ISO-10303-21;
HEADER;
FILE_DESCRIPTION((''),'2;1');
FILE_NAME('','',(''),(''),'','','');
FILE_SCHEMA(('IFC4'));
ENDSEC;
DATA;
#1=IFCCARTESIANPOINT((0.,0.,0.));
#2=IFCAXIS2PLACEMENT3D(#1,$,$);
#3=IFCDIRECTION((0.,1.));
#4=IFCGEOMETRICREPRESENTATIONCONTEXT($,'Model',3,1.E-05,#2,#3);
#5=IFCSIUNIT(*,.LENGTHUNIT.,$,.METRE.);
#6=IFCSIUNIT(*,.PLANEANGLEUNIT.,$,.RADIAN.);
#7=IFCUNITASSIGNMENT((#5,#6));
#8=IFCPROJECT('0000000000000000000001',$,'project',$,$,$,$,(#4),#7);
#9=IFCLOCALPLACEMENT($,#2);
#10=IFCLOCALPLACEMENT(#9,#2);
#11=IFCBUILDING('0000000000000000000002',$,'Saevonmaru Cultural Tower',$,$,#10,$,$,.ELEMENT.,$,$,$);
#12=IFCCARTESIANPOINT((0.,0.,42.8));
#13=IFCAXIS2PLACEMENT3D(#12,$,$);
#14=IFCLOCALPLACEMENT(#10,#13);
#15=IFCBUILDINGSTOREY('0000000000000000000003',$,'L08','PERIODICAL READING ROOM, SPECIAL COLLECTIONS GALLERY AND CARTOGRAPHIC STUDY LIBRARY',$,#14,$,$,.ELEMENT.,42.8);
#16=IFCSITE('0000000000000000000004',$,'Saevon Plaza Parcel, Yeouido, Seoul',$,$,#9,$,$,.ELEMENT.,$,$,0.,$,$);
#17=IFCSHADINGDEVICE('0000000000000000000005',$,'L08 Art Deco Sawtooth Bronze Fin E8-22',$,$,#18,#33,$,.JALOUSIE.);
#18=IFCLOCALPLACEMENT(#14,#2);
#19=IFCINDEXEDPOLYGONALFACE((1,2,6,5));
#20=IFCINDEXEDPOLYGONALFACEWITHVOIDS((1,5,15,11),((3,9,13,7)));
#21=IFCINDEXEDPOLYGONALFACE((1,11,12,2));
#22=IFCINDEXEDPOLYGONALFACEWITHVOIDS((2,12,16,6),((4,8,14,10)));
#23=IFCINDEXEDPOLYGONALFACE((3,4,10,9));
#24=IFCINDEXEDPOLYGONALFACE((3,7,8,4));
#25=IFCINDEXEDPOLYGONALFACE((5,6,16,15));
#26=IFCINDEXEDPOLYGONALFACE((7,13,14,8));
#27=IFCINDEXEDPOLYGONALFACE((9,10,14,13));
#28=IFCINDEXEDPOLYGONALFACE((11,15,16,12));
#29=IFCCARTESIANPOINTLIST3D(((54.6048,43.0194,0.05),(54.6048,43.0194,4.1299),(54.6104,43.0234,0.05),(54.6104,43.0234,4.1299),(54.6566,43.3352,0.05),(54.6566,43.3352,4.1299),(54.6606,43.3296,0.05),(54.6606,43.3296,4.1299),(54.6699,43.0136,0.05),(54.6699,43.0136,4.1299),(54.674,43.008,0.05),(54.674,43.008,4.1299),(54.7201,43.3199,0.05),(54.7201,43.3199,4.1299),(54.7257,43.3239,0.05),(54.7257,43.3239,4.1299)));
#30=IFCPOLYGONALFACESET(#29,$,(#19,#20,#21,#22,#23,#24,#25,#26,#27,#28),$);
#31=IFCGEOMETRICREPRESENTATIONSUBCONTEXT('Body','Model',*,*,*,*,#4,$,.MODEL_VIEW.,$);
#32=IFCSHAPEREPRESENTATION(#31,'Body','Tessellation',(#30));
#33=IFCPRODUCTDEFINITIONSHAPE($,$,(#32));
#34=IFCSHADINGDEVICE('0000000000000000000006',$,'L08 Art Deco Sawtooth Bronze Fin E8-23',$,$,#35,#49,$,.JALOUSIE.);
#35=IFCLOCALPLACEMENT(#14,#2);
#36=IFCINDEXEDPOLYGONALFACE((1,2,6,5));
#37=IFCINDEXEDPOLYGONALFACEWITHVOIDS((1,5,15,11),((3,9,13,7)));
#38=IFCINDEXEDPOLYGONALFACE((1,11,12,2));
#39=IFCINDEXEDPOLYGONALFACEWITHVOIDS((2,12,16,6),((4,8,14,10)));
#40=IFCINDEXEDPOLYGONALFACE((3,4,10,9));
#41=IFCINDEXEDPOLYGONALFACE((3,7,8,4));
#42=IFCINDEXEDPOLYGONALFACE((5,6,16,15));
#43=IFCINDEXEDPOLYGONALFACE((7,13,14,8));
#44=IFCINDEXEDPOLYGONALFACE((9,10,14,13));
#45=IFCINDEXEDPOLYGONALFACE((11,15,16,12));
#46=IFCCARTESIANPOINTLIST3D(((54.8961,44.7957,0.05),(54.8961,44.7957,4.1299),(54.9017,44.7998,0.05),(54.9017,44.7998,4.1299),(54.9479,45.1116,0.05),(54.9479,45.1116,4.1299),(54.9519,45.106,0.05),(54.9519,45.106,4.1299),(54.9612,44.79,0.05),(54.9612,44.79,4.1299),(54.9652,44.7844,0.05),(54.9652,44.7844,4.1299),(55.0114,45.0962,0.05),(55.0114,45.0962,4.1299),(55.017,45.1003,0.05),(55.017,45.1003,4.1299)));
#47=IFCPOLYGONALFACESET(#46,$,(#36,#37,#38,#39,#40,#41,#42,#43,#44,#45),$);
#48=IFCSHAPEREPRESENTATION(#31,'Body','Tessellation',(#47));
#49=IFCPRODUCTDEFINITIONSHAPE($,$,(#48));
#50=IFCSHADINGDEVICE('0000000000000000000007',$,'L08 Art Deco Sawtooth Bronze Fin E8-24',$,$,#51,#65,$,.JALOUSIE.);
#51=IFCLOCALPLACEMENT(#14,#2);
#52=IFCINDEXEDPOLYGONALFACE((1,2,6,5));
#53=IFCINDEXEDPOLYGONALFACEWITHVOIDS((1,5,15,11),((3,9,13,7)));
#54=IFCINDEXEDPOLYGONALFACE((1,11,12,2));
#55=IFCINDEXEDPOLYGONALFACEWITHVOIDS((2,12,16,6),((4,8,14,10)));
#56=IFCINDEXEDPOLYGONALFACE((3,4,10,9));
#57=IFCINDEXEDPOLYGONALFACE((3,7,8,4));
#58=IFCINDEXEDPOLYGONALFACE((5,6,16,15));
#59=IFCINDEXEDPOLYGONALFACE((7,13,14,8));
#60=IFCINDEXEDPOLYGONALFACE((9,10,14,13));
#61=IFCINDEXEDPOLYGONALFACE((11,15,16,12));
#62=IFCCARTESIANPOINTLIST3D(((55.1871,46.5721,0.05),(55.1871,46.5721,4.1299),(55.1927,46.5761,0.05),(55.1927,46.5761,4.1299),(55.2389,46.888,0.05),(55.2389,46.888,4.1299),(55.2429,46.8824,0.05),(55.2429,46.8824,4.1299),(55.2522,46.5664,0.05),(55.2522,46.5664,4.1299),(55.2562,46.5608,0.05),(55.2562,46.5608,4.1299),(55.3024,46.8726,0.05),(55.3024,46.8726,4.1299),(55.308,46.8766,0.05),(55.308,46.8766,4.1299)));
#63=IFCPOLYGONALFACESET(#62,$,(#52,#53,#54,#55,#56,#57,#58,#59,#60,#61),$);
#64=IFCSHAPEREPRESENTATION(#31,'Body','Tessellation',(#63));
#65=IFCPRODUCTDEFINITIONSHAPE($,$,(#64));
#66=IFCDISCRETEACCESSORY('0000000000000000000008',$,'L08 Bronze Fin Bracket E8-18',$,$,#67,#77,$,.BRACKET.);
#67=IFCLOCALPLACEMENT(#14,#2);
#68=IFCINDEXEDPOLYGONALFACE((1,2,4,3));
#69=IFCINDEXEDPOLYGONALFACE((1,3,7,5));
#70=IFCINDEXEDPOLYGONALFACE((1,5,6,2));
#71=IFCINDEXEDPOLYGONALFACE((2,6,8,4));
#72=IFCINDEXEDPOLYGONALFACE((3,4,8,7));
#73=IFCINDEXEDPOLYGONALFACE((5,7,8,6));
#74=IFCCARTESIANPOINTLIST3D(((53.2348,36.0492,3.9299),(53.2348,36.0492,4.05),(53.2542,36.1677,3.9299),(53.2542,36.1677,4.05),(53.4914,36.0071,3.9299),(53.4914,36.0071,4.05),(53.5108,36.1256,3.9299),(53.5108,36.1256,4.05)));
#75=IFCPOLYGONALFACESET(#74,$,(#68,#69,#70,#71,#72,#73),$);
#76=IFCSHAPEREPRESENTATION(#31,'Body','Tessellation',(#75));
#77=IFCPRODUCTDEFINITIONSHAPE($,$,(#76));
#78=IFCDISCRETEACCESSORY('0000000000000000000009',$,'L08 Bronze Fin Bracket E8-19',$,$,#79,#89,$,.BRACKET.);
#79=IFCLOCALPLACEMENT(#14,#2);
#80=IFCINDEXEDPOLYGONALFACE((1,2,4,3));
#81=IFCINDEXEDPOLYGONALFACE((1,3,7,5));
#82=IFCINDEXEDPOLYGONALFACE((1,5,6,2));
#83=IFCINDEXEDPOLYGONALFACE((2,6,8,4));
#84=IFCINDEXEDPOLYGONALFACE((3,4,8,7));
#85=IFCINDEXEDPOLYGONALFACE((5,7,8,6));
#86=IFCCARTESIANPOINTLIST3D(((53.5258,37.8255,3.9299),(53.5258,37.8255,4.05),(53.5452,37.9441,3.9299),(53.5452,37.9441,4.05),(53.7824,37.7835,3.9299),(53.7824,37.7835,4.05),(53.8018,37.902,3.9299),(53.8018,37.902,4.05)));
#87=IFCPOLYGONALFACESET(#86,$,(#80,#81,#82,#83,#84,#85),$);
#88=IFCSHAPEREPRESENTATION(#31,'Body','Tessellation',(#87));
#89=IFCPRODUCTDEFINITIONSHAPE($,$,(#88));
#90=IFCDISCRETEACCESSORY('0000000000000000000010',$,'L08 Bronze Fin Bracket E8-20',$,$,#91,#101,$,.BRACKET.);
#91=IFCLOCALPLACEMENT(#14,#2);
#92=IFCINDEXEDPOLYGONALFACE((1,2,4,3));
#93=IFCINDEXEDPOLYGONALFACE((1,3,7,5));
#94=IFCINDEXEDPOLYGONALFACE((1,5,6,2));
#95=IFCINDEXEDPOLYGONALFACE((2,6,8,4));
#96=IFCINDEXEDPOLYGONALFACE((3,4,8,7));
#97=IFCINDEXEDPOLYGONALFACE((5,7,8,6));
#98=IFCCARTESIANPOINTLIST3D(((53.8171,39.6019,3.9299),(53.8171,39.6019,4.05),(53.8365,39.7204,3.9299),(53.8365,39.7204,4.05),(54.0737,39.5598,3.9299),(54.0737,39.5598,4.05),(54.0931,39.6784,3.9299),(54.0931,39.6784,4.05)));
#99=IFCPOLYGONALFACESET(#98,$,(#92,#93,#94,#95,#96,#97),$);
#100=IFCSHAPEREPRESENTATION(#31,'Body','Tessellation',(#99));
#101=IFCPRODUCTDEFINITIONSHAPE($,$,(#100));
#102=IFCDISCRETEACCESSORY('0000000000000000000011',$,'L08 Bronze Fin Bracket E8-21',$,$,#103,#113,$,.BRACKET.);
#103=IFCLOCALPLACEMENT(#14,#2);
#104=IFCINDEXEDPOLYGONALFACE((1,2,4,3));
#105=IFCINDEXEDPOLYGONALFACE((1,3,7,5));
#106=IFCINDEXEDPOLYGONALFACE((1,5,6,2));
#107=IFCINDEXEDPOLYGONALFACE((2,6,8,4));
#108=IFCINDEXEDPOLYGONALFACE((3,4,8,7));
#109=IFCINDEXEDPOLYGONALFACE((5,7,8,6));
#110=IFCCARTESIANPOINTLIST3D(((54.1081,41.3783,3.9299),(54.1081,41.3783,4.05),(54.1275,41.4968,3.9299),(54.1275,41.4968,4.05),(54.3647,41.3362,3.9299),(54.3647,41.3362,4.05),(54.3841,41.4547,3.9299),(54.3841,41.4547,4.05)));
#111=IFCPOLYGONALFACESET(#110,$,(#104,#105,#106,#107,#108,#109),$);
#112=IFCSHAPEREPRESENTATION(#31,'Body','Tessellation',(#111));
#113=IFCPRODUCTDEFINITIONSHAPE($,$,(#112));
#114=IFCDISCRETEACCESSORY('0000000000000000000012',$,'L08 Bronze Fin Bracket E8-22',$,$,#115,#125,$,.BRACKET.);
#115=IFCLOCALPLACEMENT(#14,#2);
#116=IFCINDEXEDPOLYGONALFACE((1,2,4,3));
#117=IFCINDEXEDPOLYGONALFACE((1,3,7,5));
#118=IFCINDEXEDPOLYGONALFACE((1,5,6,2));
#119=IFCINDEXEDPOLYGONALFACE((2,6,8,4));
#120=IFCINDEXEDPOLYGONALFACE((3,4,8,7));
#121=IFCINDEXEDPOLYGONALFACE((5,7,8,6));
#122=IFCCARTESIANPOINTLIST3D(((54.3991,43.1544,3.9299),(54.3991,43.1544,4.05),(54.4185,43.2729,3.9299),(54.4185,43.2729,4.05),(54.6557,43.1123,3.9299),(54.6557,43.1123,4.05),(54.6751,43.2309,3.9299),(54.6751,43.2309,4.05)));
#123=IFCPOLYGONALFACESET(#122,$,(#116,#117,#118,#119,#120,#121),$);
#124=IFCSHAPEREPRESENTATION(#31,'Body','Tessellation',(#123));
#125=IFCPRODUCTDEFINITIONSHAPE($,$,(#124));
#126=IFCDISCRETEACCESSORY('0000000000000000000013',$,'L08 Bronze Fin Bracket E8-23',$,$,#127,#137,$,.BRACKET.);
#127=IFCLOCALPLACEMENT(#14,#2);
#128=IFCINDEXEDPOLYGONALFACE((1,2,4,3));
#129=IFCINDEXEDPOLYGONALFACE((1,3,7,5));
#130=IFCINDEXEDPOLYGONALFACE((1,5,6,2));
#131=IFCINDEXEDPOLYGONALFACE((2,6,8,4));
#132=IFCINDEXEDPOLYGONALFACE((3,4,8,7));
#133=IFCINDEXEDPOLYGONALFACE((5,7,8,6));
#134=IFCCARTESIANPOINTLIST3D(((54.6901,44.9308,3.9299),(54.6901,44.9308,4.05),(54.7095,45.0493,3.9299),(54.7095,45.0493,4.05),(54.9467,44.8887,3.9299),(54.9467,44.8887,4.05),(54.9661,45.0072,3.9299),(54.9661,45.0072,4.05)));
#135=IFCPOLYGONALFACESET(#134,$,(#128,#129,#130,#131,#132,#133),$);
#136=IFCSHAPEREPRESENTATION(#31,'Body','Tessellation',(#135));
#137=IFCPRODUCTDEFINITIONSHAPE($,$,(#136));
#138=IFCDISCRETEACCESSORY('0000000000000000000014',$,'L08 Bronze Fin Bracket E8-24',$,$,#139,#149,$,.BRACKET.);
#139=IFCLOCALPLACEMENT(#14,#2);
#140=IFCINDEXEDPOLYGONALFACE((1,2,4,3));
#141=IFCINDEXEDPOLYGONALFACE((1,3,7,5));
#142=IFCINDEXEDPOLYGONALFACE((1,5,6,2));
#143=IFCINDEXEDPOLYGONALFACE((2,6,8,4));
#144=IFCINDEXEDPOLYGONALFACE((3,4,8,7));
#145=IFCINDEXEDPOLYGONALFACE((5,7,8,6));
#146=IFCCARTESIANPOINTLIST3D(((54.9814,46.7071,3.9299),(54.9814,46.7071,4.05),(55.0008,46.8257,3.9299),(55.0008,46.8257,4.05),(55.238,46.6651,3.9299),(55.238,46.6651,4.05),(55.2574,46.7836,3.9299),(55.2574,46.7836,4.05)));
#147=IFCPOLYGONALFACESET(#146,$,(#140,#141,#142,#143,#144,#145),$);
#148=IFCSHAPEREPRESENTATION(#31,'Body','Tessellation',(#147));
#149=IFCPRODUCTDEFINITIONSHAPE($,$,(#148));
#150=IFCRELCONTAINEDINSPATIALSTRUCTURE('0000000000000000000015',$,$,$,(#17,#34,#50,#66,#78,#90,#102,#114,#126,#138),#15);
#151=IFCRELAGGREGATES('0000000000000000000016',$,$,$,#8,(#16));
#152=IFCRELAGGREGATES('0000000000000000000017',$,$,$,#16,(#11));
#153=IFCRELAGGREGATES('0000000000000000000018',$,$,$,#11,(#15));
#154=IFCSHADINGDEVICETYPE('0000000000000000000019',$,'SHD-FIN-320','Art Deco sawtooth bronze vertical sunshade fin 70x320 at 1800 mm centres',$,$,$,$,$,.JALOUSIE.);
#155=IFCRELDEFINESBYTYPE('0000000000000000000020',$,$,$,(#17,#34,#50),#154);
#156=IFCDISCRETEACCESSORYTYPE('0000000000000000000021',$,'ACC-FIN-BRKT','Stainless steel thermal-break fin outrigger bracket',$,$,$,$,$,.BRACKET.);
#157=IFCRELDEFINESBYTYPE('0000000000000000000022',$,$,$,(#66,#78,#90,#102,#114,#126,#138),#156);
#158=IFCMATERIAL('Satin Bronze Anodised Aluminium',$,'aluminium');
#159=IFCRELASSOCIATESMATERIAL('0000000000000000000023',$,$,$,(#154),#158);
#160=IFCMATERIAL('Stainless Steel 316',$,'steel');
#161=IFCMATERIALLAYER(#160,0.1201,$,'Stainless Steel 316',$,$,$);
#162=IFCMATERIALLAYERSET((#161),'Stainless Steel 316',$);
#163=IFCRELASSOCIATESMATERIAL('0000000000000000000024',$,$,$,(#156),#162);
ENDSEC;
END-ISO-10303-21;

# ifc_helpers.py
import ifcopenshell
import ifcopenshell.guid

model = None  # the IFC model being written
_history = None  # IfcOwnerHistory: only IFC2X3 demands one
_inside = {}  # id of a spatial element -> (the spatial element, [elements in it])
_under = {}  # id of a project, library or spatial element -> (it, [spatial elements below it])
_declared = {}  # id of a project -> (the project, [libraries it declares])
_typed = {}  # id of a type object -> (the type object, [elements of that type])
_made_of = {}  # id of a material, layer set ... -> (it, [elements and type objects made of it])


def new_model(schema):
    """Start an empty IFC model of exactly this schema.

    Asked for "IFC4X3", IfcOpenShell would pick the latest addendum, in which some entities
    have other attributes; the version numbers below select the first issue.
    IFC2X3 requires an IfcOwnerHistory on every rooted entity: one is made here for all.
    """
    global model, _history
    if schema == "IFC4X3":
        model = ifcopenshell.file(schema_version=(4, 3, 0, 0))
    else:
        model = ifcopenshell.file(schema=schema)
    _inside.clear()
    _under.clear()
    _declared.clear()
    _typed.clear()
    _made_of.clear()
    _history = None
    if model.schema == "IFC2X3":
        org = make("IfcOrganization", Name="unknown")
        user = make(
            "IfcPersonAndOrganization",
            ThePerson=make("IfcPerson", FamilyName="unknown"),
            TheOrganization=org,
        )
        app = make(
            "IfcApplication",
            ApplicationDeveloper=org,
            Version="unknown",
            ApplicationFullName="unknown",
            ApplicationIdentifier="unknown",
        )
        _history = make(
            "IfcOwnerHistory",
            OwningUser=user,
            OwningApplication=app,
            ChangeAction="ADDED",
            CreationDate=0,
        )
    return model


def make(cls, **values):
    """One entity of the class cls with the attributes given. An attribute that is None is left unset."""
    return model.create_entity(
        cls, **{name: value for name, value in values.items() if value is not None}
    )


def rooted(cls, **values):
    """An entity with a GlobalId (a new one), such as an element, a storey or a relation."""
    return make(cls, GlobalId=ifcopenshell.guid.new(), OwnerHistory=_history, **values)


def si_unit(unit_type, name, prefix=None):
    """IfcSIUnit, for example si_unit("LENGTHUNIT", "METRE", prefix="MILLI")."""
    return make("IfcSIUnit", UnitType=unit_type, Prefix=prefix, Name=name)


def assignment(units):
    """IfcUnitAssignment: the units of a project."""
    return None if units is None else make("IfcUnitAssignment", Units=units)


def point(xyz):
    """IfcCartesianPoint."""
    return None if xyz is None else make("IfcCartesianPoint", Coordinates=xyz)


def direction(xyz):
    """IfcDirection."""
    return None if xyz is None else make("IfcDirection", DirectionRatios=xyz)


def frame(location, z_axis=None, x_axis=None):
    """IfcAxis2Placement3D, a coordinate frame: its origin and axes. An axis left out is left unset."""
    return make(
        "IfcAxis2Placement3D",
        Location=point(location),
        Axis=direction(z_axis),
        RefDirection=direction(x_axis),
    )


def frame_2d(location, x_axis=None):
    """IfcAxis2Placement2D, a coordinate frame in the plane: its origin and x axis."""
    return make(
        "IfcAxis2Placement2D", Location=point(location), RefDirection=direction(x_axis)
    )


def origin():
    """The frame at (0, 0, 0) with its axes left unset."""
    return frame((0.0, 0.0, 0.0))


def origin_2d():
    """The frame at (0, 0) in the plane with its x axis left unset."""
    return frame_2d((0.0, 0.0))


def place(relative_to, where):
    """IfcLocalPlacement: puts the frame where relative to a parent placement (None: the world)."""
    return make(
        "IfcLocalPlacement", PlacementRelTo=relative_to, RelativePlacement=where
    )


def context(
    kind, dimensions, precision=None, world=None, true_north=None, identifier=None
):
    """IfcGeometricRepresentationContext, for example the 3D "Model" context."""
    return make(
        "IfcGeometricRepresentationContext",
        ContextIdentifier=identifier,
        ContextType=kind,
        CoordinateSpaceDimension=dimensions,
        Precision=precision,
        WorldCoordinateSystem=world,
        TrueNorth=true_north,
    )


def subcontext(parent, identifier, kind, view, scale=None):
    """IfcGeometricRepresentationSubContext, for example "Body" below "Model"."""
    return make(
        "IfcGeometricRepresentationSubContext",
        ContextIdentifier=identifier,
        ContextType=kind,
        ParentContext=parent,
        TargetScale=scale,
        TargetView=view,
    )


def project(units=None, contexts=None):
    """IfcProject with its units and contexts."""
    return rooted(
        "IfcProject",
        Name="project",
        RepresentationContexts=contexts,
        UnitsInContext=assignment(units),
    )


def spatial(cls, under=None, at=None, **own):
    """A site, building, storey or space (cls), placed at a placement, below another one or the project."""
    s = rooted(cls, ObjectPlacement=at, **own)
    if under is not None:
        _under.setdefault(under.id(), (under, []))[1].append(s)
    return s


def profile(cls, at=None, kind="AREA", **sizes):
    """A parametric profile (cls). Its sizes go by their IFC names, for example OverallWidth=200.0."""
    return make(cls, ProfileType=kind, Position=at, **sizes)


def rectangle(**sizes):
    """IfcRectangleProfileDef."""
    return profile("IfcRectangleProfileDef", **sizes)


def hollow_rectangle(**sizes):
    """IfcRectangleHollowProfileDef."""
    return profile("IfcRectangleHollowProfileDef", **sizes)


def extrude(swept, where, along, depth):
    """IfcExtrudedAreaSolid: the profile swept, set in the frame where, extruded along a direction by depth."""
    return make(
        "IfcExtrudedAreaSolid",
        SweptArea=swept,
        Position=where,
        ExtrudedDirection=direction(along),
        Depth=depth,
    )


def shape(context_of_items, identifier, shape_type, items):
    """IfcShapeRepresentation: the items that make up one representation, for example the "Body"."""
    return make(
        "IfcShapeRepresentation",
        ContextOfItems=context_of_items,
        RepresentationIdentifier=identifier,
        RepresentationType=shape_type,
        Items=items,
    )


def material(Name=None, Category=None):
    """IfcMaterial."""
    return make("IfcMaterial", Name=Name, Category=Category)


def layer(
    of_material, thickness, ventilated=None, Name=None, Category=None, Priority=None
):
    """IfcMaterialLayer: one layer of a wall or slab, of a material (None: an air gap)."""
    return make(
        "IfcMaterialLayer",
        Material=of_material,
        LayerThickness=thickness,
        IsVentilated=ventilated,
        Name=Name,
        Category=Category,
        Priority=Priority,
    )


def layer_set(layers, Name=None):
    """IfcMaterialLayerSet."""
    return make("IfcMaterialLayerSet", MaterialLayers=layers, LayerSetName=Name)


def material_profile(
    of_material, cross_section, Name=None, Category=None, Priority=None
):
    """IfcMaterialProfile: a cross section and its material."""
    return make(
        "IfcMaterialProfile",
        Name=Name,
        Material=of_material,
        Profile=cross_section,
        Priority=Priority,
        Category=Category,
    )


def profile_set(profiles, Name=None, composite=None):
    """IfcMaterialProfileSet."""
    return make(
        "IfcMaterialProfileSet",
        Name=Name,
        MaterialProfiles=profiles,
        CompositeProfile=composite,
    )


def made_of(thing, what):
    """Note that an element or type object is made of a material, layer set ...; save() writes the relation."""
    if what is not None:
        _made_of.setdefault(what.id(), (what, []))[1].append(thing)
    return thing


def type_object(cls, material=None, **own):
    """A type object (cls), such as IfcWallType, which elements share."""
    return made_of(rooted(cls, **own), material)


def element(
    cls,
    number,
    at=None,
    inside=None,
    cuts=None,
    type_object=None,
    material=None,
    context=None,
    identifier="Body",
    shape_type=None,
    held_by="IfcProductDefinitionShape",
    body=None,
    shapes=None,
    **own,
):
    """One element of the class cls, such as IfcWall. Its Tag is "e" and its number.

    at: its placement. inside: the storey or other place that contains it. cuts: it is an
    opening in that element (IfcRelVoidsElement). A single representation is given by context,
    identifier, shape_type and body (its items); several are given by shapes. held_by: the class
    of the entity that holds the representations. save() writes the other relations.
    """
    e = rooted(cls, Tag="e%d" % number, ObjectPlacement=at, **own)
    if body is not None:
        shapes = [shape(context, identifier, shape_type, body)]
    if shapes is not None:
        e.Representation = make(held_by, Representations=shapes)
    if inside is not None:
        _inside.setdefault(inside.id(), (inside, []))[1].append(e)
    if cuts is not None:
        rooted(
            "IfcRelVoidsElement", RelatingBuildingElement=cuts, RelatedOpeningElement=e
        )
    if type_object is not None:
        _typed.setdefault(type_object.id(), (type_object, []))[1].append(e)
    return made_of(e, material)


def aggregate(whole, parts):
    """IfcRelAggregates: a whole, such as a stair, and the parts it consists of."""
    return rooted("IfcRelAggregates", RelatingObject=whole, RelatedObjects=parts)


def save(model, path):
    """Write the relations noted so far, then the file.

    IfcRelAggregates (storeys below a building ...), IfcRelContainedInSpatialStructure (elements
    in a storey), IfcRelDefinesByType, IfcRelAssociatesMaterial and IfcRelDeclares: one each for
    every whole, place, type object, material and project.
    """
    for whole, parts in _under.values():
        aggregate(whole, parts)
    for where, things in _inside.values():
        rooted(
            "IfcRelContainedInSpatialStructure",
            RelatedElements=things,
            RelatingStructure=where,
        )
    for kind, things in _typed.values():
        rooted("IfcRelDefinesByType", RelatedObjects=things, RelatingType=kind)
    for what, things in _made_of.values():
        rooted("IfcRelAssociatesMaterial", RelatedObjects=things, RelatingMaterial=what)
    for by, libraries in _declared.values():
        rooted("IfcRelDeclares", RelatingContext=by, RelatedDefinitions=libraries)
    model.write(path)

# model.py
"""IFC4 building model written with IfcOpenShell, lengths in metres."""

from ifc_helpers import new_model, si_unit, direction, frame, origin, origin_2d, place, context, subcontext, project, spatial, rectangle, hollow_rectangle, extrude, material, layer, layer_set, material_profile, profile_set, type_object, element, save


model = new_model("IFC4")

# Units and contexts
model_context = context("Model", 3, precision=1e-05, world=origin(), true_north=direction((0.0, 1.0)))
body_context = subcontext(model_context, "Body", "Model", "MODEL_VIEW")
ifc_project = project(units=[si_unit("LENGTHUNIT", "METRE"), si_unit("PLANEANGLEUNIT", "RADIAN")], contexts=[model_context])

# Site, building, storey
site_placement = place(None, origin())
site = spatial("IfcSite", under=ifc_project, at=site_placement, Name="Saevon Plaza Parcel, Yeouido, Seoul", CompositionType="ELEMENT", RefElevation=0.0)
building_placement = place(site_placement, origin())
building = spatial("IfcBuilding", under=site, at=building_placement, Name="Saevonmaru Cultural Tower", CompositionType="ELEMENT")
storey_placement = place(building_placement, frame((0.0, 0.0, 42.8)))
storey = spatial("IfcBuildingStorey", under=building, at=storey_placement, Name="L08", Description="PERIODICAL READING ROOM, SPECIAL COLLECTIONS GALLERY AND CARTOGRAPHIC STUDY LIBRARY", CompositionType="ELEMENT", Elevation=42.8)

# Shared definitions
ifc_material_1 = material(Name="Satin Bronze Anodised Aluminium", Category="aluminium")

# Shading devices
ifc_material_profile_1 = material_profile(ifc_material_1, hollow_rectangle(XDim=0.0701, YDim=0.3201, WallThickness=0.0049, at=origin_2d()), Name="FIN-320x70")
ifc_profile_set_1 = profile_set([ifc_material_profile_1], Name="Satin Bronze Anodised Aluminium")
shading_device_type = type_object("IfcShadingDeviceType", Name="SHD-FIN-320", Description="Art Deco sawtooth bronze vertical sunshade fin 70x320 at 1800 mm centres", PredefinedType="JALOUSIE", material=ifc_profile_set_1)
for number, where, z_axis, x_axis, name in (
    (1, (54.6653, 43.1716, 0.05), (0.0, 0.0, 1.0), (0.986827, -0.161776, 0.0), "L08 Art Deco Sawtooth Bronze Fin E8-22"),
    (2, (54.9565, 44.948, 0.05), (0.0, 0.0, 1.0), (0.986827, -0.161776, 0.0), "L08 Art Deco Sawtooth Bronze Fin E8-23"),
    (3, (55.2476, 46.7244, 0.05), (0.0, 0.0, 1.0), (0.986827, -0.161776, 0.0), "L08 Art Deco Sawtooth Bronze Fin E8-24"),
):
    element("IfcShadingDevice", number, at=place(storey_placement, frame(where, z_axis=z_axis, x_axis=x_axis)), inside=storey, type_object=shading_device_type, Name=name, PredefinedType="JALOUSIE", context=body_context, shape_type="SweptSolid", body=[
        extrude(hollow_rectangle(XDim=0.0701, YDim=0.3201, WallThickness=0.0049, at=origin_2d()), origin(), (0.0, 0.0, 1.0), 4.0798),
    ])

# Discrete accessories
ifc_material_2 = material(Name="Stainless Steel 316", Category="steel")
ifc_layer_1 = layer(ifc_material_2, 0.1201, Name="Stainless Steel 316")
ifc_layer_set_1 = layer_set([ifc_layer_1], Name="Stainless Steel 316")
discrete_accessory_type = type_object("IfcDiscreteAccessoryType", Name="ACC-FIN-BRKT", Description="Stainless steel thermal-break fin outrigger bracket", PredefinedType="BRACKET", material=ifc_layer_set_1)
for number, where, z_axis, x_axis, name in (
    (4, (53.3728, 36.0874, 3.9299), (0.0, 0.0, 1.0), (0.986827, -0.161776, 0.0), "L08 Bronze Fin Bracket E8-18"),
    (5, (53.6638, 37.8638, 3.9299), (0.0, 0.0, 1.0), (0.986827, -0.161776, 0.0), "L08 Bronze Fin Bracket E8-19"),
    (6, (53.9551, 39.6401, 3.9299), (0.0, 0.0, 1.0), (0.986827, -0.161776, 0.0), "L08 Bronze Fin Bracket E8-20"),
    (7, (54.2461, 41.4165, 3.9299), (0.0, 0.0, 1.0), (0.986827, -0.161776, 0.0), "L08 Bronze Fin Bracket E8-21"),
    (8, (54.5371, 43.1926, 3.9299), (0.0, 0.0, 1.0), (0.986827, -0.161776, 0.0), "L08 Bronze Fin Bracket E8-22"),
    (9, (54.8281, 44.969, 3.9299), (0.0, 0.0, 1.0), (0.986827, -0.161776, 0.0), "L08 Bronze Fin Bracket E8-23"),
    (10, (55.1194, 46.7454, 3.9299), (0.0, 0.0, 1.0), (0.986827, -0.161776, 0.0), "L08 Bronze Fin Bracket E8-24"),
):
    element("IfcDiscreteAccessory", number, at=place(storey_placement, frame(where, z_axis=z_axis, x_axis=x_axis)), inside=storey, type_object=discrete_accessory_type, Name=name, PredefinedType="BRACKET", context=body_context, shape_type="SweptSolid", body=[
        extrude(rectangle(XDim=0.26, YDim=0.1201, at=origin_2d()), origin(), (0.0, 0.0, 1.0), 0.1201),
    ])

save(model, "model.ifc")
